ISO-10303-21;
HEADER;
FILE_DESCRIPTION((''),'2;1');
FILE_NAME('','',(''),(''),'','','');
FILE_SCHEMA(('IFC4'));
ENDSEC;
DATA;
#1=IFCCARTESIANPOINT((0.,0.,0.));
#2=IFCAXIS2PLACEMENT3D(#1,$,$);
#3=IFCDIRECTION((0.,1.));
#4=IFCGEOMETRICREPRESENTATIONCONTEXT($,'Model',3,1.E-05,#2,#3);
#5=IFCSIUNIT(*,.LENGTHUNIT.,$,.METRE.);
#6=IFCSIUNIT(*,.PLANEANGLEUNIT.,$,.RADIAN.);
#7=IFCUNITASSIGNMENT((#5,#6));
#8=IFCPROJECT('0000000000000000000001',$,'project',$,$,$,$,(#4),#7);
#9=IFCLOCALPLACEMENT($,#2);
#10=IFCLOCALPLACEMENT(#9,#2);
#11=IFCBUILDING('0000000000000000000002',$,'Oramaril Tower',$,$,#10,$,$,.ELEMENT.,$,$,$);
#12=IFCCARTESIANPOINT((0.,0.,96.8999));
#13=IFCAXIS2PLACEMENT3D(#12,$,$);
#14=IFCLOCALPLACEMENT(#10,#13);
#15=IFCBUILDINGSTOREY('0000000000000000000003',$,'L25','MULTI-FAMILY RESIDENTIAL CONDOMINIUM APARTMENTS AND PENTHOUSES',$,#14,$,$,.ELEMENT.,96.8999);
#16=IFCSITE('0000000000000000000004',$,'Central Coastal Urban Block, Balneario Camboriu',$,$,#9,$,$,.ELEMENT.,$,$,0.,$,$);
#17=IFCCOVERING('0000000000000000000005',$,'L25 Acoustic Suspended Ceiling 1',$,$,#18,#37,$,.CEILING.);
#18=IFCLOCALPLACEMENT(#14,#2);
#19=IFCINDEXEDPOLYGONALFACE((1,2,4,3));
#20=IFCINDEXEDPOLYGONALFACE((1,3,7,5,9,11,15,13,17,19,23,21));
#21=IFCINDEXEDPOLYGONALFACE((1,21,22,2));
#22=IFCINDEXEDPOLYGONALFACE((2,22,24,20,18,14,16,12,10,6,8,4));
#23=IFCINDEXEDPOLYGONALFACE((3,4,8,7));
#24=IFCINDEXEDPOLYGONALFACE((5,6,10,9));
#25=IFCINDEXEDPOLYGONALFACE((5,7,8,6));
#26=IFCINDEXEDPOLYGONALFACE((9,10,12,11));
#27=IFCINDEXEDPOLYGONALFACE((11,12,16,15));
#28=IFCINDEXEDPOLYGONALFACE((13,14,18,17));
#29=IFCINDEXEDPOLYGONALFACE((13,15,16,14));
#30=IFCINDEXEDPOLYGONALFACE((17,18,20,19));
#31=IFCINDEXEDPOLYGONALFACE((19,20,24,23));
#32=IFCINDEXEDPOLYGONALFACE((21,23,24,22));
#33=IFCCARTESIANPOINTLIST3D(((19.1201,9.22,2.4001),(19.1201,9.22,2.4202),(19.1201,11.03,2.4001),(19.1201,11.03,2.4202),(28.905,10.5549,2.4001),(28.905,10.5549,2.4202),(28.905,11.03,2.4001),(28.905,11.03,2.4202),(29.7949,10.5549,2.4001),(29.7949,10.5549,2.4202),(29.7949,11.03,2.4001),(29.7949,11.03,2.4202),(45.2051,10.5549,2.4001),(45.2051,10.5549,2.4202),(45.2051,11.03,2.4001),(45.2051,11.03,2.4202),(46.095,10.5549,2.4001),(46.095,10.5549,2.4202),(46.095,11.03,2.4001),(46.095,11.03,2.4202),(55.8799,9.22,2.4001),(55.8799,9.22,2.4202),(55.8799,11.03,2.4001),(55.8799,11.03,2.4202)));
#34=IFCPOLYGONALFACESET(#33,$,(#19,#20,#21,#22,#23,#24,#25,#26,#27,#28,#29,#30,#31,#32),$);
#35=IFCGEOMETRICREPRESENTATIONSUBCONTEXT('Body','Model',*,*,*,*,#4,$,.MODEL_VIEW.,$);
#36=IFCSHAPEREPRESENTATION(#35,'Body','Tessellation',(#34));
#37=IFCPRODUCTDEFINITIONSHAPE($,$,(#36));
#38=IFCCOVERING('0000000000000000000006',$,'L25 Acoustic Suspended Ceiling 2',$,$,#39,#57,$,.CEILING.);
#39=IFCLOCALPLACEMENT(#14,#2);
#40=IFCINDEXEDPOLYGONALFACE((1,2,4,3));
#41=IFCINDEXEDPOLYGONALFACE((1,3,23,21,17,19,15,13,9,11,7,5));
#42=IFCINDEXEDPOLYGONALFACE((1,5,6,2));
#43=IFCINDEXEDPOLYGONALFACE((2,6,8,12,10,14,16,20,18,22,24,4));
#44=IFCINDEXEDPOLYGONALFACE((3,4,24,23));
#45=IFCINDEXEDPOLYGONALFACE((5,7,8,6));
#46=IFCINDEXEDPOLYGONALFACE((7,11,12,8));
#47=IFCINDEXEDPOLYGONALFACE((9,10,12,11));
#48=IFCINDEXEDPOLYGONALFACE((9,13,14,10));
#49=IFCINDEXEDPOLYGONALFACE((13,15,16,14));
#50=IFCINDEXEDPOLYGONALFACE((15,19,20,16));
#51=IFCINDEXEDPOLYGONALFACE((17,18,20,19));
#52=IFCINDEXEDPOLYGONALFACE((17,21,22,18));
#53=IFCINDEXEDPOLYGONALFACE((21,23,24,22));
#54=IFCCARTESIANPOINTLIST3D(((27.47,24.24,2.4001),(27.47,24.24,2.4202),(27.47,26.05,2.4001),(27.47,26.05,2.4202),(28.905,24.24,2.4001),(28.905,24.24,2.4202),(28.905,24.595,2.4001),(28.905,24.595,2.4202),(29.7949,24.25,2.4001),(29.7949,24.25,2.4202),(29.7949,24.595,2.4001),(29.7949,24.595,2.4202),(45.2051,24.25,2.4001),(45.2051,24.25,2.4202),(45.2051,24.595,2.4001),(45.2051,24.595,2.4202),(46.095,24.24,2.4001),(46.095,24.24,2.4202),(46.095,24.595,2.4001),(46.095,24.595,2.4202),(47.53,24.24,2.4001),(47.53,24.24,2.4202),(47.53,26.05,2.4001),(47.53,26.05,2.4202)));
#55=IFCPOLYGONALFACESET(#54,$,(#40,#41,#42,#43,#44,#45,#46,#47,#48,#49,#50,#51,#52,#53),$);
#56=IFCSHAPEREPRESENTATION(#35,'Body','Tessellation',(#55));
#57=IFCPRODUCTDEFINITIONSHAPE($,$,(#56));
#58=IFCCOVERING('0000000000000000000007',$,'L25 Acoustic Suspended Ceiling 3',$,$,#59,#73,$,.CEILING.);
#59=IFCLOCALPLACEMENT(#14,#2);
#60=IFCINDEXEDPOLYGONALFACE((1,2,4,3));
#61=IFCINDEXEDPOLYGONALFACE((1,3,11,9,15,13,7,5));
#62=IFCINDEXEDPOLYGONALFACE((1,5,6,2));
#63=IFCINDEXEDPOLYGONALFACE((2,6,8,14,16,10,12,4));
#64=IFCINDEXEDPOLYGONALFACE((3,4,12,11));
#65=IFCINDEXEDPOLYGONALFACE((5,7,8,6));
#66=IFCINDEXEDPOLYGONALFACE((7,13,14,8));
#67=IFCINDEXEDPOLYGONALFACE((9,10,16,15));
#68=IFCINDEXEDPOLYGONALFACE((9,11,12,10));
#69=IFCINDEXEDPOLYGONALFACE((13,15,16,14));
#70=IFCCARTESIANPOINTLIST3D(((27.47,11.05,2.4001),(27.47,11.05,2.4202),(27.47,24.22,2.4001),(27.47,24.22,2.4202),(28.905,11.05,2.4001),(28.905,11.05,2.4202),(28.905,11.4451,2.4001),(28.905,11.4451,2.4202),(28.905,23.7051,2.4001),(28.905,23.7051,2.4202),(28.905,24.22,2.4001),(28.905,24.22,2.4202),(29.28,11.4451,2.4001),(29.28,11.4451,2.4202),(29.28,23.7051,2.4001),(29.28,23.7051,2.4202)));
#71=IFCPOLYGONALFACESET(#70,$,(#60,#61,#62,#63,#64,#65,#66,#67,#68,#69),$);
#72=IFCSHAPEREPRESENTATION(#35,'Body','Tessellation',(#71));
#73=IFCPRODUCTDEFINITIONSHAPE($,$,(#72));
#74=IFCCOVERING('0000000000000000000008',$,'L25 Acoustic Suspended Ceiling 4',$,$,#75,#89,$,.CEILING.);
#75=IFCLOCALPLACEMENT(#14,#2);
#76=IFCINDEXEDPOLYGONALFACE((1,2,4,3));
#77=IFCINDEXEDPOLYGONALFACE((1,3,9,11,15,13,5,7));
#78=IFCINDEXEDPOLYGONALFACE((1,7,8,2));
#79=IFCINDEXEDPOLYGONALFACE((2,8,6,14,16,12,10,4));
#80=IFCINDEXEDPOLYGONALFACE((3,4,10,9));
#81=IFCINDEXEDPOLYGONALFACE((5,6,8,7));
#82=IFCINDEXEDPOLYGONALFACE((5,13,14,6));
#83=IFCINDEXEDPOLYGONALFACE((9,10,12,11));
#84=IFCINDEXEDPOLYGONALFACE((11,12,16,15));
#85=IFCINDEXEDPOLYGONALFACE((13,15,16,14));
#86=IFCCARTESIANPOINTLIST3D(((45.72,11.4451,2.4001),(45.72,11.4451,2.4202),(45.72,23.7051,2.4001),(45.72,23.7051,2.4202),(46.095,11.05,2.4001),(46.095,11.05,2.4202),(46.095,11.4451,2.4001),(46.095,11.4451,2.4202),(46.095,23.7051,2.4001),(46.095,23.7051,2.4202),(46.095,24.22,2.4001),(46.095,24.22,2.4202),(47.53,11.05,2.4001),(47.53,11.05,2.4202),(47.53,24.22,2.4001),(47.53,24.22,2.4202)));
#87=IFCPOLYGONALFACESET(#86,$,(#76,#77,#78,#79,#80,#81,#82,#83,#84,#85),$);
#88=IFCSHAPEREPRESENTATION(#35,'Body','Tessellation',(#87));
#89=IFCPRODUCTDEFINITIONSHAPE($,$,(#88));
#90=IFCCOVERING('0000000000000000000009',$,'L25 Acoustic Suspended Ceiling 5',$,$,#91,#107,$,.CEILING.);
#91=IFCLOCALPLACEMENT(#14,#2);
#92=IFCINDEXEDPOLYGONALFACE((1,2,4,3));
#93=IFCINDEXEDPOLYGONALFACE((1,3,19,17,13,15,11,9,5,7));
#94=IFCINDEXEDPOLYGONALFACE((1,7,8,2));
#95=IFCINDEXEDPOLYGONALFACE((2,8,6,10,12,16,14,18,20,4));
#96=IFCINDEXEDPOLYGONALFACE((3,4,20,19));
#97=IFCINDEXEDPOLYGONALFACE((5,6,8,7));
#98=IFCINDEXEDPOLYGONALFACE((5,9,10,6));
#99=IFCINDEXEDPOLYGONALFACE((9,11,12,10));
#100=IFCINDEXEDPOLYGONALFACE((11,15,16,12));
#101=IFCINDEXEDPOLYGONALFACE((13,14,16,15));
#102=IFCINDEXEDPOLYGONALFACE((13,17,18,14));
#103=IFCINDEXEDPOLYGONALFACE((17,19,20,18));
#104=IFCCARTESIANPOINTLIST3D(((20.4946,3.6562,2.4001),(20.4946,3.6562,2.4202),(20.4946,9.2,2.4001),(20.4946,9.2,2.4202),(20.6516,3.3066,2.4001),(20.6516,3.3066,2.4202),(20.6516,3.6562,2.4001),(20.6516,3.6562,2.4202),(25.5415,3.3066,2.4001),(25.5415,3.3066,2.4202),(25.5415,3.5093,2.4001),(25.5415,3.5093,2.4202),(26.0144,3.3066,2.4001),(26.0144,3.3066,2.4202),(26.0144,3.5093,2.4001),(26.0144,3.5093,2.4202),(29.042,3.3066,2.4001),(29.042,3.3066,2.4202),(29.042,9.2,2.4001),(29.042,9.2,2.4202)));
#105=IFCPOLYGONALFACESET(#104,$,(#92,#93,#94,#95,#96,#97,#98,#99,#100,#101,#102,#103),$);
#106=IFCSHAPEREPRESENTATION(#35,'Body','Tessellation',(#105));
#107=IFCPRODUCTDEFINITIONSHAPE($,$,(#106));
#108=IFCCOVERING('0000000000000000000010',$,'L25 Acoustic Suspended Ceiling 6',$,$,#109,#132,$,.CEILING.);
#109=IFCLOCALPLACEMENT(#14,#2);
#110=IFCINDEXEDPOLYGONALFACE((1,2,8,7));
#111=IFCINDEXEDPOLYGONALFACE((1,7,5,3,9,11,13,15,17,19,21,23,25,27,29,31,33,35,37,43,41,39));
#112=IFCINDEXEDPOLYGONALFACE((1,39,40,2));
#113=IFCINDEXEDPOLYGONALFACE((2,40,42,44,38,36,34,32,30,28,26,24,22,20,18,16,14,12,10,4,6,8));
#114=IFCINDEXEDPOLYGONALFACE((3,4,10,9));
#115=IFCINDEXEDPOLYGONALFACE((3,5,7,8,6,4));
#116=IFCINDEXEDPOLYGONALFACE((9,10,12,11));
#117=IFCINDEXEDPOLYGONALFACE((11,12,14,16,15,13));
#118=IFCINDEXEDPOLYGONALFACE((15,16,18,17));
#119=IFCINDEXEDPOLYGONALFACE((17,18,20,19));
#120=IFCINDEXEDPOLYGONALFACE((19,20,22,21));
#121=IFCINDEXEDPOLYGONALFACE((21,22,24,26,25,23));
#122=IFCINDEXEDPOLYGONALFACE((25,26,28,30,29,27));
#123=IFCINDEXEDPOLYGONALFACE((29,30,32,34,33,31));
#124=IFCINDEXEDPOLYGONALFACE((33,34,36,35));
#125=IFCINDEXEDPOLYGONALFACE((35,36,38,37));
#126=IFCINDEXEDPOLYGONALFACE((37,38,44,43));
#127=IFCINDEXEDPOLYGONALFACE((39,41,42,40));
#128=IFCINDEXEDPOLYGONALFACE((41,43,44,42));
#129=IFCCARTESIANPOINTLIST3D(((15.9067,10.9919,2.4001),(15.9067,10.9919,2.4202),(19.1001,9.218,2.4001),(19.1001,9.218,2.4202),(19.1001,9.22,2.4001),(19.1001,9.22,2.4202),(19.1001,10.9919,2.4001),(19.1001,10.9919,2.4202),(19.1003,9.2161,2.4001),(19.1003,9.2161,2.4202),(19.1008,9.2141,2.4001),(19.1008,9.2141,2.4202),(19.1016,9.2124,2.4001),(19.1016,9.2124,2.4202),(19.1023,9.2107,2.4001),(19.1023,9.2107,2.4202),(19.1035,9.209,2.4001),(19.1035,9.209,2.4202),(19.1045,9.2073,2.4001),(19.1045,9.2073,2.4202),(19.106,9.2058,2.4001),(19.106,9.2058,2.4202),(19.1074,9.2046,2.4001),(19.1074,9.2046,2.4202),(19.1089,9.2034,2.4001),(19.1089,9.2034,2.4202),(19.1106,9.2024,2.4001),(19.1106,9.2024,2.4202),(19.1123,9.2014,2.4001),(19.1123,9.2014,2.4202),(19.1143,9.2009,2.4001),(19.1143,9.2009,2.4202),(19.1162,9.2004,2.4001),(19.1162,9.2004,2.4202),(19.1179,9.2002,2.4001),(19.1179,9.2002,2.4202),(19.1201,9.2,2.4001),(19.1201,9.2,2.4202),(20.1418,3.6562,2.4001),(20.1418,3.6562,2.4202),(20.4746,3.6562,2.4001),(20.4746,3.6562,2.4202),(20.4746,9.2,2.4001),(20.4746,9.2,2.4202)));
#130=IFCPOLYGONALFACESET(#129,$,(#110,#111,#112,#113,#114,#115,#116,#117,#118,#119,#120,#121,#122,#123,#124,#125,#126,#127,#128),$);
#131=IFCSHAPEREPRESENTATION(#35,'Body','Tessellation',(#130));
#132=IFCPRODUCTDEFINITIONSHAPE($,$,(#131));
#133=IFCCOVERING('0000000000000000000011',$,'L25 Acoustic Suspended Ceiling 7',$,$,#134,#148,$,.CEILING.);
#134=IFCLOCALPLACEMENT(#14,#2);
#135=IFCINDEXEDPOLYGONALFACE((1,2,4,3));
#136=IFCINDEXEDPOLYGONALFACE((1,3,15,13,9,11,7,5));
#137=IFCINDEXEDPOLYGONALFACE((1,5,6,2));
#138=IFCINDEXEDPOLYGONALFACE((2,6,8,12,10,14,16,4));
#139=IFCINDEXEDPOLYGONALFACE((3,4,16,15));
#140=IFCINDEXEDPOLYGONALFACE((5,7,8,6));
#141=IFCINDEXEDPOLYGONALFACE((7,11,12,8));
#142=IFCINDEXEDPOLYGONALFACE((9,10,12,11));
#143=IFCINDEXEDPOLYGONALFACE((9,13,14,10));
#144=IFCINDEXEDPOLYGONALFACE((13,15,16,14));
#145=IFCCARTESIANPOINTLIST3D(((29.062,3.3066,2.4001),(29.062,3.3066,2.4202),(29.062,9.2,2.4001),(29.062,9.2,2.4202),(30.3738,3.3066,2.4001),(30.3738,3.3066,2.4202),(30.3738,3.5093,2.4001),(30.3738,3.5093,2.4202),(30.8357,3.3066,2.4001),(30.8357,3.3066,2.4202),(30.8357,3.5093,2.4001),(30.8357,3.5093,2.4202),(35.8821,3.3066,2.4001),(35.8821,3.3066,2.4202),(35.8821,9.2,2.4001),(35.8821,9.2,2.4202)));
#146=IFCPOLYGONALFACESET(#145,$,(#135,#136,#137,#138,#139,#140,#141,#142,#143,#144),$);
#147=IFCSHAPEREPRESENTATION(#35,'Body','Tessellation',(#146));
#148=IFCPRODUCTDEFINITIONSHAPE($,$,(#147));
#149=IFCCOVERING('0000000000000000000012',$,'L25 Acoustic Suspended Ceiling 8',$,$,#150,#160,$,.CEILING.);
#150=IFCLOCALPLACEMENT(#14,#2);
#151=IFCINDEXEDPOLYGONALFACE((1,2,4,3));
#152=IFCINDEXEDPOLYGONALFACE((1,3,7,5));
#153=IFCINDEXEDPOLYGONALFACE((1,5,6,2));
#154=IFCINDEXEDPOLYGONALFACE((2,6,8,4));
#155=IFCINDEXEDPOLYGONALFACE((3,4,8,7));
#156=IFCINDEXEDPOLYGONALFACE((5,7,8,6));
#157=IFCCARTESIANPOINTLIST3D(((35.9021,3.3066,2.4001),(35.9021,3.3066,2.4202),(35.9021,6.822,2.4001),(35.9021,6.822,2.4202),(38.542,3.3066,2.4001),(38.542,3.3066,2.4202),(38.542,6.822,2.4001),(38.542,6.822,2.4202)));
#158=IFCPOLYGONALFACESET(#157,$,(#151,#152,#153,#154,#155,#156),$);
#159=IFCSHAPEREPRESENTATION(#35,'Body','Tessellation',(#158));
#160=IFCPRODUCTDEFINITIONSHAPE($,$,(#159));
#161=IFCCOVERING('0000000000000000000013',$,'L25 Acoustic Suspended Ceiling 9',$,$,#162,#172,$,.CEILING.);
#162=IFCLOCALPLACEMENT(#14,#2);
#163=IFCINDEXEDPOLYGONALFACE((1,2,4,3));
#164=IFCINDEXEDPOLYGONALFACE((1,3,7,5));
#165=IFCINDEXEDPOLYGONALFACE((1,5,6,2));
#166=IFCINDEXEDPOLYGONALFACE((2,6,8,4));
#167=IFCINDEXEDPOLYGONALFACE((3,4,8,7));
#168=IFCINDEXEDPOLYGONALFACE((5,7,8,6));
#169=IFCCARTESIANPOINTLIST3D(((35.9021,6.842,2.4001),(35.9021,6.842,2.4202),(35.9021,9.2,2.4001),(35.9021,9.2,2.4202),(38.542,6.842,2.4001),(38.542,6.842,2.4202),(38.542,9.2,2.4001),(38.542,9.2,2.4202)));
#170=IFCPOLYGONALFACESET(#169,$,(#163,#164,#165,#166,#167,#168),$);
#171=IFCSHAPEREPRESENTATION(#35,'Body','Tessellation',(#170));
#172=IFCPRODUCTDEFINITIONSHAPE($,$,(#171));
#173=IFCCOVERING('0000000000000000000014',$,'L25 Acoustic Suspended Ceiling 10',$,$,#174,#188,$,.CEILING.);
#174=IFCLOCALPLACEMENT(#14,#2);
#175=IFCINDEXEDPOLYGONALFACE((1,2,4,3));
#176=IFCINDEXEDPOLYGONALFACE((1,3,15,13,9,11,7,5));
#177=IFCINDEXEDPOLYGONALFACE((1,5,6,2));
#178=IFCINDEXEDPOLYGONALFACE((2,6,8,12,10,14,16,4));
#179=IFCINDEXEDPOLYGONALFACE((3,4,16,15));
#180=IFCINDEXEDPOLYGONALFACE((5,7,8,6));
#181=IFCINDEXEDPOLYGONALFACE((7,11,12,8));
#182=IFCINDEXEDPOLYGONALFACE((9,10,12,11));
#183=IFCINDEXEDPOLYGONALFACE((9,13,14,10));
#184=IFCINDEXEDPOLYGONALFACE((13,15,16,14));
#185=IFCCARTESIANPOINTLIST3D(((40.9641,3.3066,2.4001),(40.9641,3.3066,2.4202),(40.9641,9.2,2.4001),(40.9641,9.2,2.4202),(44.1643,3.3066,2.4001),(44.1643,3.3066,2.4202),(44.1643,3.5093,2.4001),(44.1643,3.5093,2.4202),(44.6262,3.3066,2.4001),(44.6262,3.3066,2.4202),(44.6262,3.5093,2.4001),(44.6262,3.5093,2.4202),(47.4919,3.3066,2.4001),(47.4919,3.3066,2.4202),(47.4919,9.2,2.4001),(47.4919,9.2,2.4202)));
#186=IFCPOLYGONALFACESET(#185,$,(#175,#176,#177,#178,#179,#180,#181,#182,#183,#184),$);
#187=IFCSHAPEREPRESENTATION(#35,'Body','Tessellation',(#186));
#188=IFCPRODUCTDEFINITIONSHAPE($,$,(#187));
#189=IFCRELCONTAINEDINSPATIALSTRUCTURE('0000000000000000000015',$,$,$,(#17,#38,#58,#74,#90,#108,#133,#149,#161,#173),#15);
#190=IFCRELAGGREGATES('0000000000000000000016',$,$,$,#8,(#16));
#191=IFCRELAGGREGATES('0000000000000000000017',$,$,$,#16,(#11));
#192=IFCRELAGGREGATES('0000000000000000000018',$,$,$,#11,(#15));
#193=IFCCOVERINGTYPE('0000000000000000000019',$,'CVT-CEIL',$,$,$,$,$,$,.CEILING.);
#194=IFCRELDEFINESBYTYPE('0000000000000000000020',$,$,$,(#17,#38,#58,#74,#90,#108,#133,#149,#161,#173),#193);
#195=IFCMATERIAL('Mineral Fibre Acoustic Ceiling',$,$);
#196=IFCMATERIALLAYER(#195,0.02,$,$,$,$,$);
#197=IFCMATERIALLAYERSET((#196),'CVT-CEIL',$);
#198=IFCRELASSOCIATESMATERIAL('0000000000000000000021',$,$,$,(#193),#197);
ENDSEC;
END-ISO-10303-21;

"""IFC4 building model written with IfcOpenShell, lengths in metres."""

from ifc_helpers import new_model, si_unit, direction, frame, origin, place, context, subcontext, project, spatial, polyline, outline, extrude, material, layer, layer_set, type_object, element, save


model = new_model("IFC4")

# Units and contexts
model_context = context("Model", 3, precision=1e-05, world=origin(), true_north=direction((0.0, 1.0)))
body_context = subcontext(model_context, "Body", "Model", "MODEL_VIEW")
ifc_project = project(units=[si_unit("LENGTHUNIT", "METRE"), si_unit("PLANEANGLEUNIT", "RADIAN")], contexts=[model_context])

# Site, building, storey
site_placement = place(None, origin())
site = spatial("IfcSite", under=ifc_project, at=site_placement, Name="Central Coastal Urban Block, Balneario Camboriu", CompositionType="ELEMENT", RefElevation=0.0)
building_placement = place(site_placement, origin())
building = spatial("IfcBuilding", under=site, at=building_placement, Name="Oramaril Tower", CompositionType="ELEMENT")
storey_placement = place(building_placement, frame((0.0, 0.0, 96.8999)))
storey = spatial("IfcBuildingStorey", under=building, at=storey_placement, Name="L25", Description="MULTI-FAMILY RESIDENTIAL CONDOMINIUM APARTMENTS AND PENTHOUSES", CompositionType="ELEMENT", Elevation=96.8999)

# Coverings
ifc_material_1 = material(Name="Mineral Fibre Acoustic Ceiling")
ifc_layer_1 = layer(ifc_material_1, 0.02)
ifc_layer_set_1 = layer_set([ifc_layer_1], Name="CVT-CEIL")
covering_type_1 = type_object("IfcCoveringType", Name="CVT-CEIL", PredefinedType="CEILING", material=ifc_layer_set_1)
covering_1_placement = place(storey_placement, frame((0.0, 0.0, 2.4001)))
element("IfcCovering", 1, at=covering_1_placement, inside=storey, type_object=covering_type_1, Name="L25 Acoustic Suspended Ceiling 1", PredefinedType="CEILING", context=body_context, shape_type="SweptSolid", body=[
    extrude(outline(polyline([(28.905, 10.5549), (29.7949, 10.5549), (29.7949, 11.03), (45.2051, 11.03), (45.2051, 10.5549), (46.095, 10.5549), (46.095, 11.03), (55.8799, 11.03), (55.8799, 9.22), (19.1201, 9.22), (19.1201, 11.03), (28.905, 11.03), (28.905, 10.5549)])), origin(), (0.0, 0.0, 1.0), 0.02),
])
covering_2_placement = place(storey_placement, frame((0.0, 0.0, 2.4001)))
element("IfcCovering", 2, at=covering_2_placement, inside=storey, type_object=covering_type_1, Name="L25 Acoustic Suspended Ceiling 2", PredefinedType="CEILING", context=body_context, shape_type="SweptSolid", body=[
    extrude(outline(polyline([(47.53, 24.24), (46.095, 24.24), (46.095, 24.595), (45.2051, 24.595), (45.2051, 24.25), (29.7949, 24.25), (29.7949, 24.595), (28.905, 24.595), (28.905, 24.24), (27.47, 24.24), (27.47, 26.05), (47.53, 26.05), (47.53, 24.24)])), origin(), (0.0, 0.0, 1.0), 0.02),
])
covering_3_placement = place(storey_placement, frame((0.0, 0.0, 2.4001)))
element("IfcCovering", 3, at=covering_3_placement, inside=storey, type_object=covering_type_1, Name="L25 Acoustic Suspended Ceiling 3", PredefinedType="CEILING", context=body_context, shape_type="SweptSolid", body=[
    extrude(outline(polyline([(28.905, 23.7051), (29.28, 23.7051), (29.28, 11.4451), (28.905, 11.4451), (28.905, 11.05), (27.47, 11.05), (27.47, 24.22), (28.905, 24.22), (28.905, 23.7051)])), origin(), (0.0, 0.0, 1.0), 0.02),
])
covering_4_placement = place(storey_placement, frame((0.0, 0.0, 2.4001)))
element("IfcCovering", 4, at=covering_4_placement, inside=storey, type_object=covering_type_1, Name="L25 Acoustic Suspended Ceiling 4", PredefinedType="CEILING", context=body_context, shape_type="SweptSolid", body=[
    extrude(outline(polyline([(47.53, 11.05), (46.095, 11.05), (46.095, 11.4451), (45.72, 11.4451), (45.72, 23.7051), (46.095, 23.7051), (46.095, 24.22), (47.53, 24.22), (47.53, 11.05)])), origin(), (0.0, 0.0, 1.0), 0.02),
])
covering_5_placement = place(storey_placement, frame((0.0, 0.0, 2.4001)))
element("IfcCovering", 5, at=covering_5_placement, inside=storey, type_object=covering_type_1, Name="L25 Acoustic Suspended Ceiling 5", PredefinedType="CEILING", context=body_context, shape_type="SweptSolid", body=[
    extrude(outline(polyline([(26.0144, 3.5093), (25.5415, 3.5093), (25.5415, 3.3066), (20.6516, 3.3066), (20.6516, 3.6562), (20.4946, 3.6562), (20.4946, 9.2), (29.042, 9.2), (29.042, 3.3066), (26.0144, 3.3066), (26.0144, 3.5093)])), origin(), (0.0, 0.0, 1.0), 0.02),
])
covering_6_placement = place(storey_placement, frame((0.0, 0.0, 2.4001)))
element("IfcCovering", 6, at=covering_6_placement, inside=storey, type_object=covering_type_1, Name="L25 Acoustic Suspended Ceiling 6", PredefinedType="CEILING", context=body_context, shape_type="SweptSolid", body=[
    extrude(outline(polyline([(20.1418, 3.6562), (15.9067, 10.9919), (19.1001, 10.9919), (19.1001, 9.22), (19.1001, 9.218), (19.1003, 9.2161), (19.1008, 9.2141), (19.1016, 9.2124), (19.1023, 9.2107), (19.1035, 9.209), (19.1045, 9.2073), (19.106, 9.2058), (19.1074, 9.2046), (19.1089, 9.2034), (19.1106, 9.2024), (19.1123, 9.2014), (19.1143, 9.2009), (19.1162, 9.2004), (19.1179, 9.2002), (19.1201, 9.2), (20.4746, 9.2), (20.4746, 3.6562), (20.1418, 3.6562)])), origin(), (0.0, 0.0, 1.0), 0.02),
])
covering_7_placement = place(storey_placement, frame((0.0, 0.0, 2.4001)))
element("IfcCovering", 7, at=covering_7_placement, inside=storey, type_object=covering_type_1, Name="L25 Acoustic Suspended Ceiling 7", PredefinedType="CEILING", context=body_context, shape_type="SweptSolid", body=[
    extrude(outline(polyline([(35.8821, 3.3066), (30.8357, 3.3066), (30.8357, 3.5093), (30.3738, 3.5093), (30.3738, 3.3066), (29.062, 3.3066), (29.062, 9.2), (35.8821, 9.2), (35.8821, 3.3066)])), origin(), (0.0, 0.0, 1.0), 0.02),
])
covering_8_placement = place(storey_placement, frame((0.0, 0.0, 2.4001)))
element("IfcCovering", 8, at=covering_8_placement, inside=storey, type_object=covering_type_1, Name="L25 Acoustic Suspended Ceiling 8", PredefinedType="CEILING", context=body_context, shape_type="SweptSolid", body=[
    extrude(outline(polyline([(38.542, 6.822), (38.542, 3.3066), (35.9021, 3.3066), (35.9021, 6.822), (38.542, 6.822)])), origin(), (0.0, 0.0, 1.0), 0.02),
])
covering_9_placement = place(storey_placement, frame((0.0, 0.0, 2.4001)))
element("IfcCovering", 9, at=covering_9_placement, inside=storey, type_object=covering_type_1, Name="L25 Acoustic Suspended Ceiling 9", PredefinedType="CEILING", context=body_context, shape_type="SweptSolid", body=[
    extrude(outline(polyline([(38.542, 6.842), (35.9021, 6.842), (35.9021, 9.2), (38.542, 9.2), (38.542, 6.842)])), origin(), (0.0, 0.0, 1.0), 0.02),
])
covering_10_placement = place(storey_placement, frame((0.0, 0.0, 2.4001)))
element("IfcCovering", 10, at=covering_10_placement, inside=storey, type_object=covering_type_1, Name="L25 Acoustic Suspended Ceiling 10", PredefinedType="CEILING", context=body_context, shape_type="SweptSolid", body=[
    extrude(outline(polyline([(44.6262, 3.5093), (44.1643, 3.5093), (44.1643, 3.3066), (40.9641, 3.3066), (40.9641, 9.2), (47.4919, 9.2), (47.4919, 3.3066), (44.6262, 3.3066), (44.6262, 3.5093)])), origin(), (0.0, 0.0, 1.0), 0.02),
])

save(model, "model.ifc")
